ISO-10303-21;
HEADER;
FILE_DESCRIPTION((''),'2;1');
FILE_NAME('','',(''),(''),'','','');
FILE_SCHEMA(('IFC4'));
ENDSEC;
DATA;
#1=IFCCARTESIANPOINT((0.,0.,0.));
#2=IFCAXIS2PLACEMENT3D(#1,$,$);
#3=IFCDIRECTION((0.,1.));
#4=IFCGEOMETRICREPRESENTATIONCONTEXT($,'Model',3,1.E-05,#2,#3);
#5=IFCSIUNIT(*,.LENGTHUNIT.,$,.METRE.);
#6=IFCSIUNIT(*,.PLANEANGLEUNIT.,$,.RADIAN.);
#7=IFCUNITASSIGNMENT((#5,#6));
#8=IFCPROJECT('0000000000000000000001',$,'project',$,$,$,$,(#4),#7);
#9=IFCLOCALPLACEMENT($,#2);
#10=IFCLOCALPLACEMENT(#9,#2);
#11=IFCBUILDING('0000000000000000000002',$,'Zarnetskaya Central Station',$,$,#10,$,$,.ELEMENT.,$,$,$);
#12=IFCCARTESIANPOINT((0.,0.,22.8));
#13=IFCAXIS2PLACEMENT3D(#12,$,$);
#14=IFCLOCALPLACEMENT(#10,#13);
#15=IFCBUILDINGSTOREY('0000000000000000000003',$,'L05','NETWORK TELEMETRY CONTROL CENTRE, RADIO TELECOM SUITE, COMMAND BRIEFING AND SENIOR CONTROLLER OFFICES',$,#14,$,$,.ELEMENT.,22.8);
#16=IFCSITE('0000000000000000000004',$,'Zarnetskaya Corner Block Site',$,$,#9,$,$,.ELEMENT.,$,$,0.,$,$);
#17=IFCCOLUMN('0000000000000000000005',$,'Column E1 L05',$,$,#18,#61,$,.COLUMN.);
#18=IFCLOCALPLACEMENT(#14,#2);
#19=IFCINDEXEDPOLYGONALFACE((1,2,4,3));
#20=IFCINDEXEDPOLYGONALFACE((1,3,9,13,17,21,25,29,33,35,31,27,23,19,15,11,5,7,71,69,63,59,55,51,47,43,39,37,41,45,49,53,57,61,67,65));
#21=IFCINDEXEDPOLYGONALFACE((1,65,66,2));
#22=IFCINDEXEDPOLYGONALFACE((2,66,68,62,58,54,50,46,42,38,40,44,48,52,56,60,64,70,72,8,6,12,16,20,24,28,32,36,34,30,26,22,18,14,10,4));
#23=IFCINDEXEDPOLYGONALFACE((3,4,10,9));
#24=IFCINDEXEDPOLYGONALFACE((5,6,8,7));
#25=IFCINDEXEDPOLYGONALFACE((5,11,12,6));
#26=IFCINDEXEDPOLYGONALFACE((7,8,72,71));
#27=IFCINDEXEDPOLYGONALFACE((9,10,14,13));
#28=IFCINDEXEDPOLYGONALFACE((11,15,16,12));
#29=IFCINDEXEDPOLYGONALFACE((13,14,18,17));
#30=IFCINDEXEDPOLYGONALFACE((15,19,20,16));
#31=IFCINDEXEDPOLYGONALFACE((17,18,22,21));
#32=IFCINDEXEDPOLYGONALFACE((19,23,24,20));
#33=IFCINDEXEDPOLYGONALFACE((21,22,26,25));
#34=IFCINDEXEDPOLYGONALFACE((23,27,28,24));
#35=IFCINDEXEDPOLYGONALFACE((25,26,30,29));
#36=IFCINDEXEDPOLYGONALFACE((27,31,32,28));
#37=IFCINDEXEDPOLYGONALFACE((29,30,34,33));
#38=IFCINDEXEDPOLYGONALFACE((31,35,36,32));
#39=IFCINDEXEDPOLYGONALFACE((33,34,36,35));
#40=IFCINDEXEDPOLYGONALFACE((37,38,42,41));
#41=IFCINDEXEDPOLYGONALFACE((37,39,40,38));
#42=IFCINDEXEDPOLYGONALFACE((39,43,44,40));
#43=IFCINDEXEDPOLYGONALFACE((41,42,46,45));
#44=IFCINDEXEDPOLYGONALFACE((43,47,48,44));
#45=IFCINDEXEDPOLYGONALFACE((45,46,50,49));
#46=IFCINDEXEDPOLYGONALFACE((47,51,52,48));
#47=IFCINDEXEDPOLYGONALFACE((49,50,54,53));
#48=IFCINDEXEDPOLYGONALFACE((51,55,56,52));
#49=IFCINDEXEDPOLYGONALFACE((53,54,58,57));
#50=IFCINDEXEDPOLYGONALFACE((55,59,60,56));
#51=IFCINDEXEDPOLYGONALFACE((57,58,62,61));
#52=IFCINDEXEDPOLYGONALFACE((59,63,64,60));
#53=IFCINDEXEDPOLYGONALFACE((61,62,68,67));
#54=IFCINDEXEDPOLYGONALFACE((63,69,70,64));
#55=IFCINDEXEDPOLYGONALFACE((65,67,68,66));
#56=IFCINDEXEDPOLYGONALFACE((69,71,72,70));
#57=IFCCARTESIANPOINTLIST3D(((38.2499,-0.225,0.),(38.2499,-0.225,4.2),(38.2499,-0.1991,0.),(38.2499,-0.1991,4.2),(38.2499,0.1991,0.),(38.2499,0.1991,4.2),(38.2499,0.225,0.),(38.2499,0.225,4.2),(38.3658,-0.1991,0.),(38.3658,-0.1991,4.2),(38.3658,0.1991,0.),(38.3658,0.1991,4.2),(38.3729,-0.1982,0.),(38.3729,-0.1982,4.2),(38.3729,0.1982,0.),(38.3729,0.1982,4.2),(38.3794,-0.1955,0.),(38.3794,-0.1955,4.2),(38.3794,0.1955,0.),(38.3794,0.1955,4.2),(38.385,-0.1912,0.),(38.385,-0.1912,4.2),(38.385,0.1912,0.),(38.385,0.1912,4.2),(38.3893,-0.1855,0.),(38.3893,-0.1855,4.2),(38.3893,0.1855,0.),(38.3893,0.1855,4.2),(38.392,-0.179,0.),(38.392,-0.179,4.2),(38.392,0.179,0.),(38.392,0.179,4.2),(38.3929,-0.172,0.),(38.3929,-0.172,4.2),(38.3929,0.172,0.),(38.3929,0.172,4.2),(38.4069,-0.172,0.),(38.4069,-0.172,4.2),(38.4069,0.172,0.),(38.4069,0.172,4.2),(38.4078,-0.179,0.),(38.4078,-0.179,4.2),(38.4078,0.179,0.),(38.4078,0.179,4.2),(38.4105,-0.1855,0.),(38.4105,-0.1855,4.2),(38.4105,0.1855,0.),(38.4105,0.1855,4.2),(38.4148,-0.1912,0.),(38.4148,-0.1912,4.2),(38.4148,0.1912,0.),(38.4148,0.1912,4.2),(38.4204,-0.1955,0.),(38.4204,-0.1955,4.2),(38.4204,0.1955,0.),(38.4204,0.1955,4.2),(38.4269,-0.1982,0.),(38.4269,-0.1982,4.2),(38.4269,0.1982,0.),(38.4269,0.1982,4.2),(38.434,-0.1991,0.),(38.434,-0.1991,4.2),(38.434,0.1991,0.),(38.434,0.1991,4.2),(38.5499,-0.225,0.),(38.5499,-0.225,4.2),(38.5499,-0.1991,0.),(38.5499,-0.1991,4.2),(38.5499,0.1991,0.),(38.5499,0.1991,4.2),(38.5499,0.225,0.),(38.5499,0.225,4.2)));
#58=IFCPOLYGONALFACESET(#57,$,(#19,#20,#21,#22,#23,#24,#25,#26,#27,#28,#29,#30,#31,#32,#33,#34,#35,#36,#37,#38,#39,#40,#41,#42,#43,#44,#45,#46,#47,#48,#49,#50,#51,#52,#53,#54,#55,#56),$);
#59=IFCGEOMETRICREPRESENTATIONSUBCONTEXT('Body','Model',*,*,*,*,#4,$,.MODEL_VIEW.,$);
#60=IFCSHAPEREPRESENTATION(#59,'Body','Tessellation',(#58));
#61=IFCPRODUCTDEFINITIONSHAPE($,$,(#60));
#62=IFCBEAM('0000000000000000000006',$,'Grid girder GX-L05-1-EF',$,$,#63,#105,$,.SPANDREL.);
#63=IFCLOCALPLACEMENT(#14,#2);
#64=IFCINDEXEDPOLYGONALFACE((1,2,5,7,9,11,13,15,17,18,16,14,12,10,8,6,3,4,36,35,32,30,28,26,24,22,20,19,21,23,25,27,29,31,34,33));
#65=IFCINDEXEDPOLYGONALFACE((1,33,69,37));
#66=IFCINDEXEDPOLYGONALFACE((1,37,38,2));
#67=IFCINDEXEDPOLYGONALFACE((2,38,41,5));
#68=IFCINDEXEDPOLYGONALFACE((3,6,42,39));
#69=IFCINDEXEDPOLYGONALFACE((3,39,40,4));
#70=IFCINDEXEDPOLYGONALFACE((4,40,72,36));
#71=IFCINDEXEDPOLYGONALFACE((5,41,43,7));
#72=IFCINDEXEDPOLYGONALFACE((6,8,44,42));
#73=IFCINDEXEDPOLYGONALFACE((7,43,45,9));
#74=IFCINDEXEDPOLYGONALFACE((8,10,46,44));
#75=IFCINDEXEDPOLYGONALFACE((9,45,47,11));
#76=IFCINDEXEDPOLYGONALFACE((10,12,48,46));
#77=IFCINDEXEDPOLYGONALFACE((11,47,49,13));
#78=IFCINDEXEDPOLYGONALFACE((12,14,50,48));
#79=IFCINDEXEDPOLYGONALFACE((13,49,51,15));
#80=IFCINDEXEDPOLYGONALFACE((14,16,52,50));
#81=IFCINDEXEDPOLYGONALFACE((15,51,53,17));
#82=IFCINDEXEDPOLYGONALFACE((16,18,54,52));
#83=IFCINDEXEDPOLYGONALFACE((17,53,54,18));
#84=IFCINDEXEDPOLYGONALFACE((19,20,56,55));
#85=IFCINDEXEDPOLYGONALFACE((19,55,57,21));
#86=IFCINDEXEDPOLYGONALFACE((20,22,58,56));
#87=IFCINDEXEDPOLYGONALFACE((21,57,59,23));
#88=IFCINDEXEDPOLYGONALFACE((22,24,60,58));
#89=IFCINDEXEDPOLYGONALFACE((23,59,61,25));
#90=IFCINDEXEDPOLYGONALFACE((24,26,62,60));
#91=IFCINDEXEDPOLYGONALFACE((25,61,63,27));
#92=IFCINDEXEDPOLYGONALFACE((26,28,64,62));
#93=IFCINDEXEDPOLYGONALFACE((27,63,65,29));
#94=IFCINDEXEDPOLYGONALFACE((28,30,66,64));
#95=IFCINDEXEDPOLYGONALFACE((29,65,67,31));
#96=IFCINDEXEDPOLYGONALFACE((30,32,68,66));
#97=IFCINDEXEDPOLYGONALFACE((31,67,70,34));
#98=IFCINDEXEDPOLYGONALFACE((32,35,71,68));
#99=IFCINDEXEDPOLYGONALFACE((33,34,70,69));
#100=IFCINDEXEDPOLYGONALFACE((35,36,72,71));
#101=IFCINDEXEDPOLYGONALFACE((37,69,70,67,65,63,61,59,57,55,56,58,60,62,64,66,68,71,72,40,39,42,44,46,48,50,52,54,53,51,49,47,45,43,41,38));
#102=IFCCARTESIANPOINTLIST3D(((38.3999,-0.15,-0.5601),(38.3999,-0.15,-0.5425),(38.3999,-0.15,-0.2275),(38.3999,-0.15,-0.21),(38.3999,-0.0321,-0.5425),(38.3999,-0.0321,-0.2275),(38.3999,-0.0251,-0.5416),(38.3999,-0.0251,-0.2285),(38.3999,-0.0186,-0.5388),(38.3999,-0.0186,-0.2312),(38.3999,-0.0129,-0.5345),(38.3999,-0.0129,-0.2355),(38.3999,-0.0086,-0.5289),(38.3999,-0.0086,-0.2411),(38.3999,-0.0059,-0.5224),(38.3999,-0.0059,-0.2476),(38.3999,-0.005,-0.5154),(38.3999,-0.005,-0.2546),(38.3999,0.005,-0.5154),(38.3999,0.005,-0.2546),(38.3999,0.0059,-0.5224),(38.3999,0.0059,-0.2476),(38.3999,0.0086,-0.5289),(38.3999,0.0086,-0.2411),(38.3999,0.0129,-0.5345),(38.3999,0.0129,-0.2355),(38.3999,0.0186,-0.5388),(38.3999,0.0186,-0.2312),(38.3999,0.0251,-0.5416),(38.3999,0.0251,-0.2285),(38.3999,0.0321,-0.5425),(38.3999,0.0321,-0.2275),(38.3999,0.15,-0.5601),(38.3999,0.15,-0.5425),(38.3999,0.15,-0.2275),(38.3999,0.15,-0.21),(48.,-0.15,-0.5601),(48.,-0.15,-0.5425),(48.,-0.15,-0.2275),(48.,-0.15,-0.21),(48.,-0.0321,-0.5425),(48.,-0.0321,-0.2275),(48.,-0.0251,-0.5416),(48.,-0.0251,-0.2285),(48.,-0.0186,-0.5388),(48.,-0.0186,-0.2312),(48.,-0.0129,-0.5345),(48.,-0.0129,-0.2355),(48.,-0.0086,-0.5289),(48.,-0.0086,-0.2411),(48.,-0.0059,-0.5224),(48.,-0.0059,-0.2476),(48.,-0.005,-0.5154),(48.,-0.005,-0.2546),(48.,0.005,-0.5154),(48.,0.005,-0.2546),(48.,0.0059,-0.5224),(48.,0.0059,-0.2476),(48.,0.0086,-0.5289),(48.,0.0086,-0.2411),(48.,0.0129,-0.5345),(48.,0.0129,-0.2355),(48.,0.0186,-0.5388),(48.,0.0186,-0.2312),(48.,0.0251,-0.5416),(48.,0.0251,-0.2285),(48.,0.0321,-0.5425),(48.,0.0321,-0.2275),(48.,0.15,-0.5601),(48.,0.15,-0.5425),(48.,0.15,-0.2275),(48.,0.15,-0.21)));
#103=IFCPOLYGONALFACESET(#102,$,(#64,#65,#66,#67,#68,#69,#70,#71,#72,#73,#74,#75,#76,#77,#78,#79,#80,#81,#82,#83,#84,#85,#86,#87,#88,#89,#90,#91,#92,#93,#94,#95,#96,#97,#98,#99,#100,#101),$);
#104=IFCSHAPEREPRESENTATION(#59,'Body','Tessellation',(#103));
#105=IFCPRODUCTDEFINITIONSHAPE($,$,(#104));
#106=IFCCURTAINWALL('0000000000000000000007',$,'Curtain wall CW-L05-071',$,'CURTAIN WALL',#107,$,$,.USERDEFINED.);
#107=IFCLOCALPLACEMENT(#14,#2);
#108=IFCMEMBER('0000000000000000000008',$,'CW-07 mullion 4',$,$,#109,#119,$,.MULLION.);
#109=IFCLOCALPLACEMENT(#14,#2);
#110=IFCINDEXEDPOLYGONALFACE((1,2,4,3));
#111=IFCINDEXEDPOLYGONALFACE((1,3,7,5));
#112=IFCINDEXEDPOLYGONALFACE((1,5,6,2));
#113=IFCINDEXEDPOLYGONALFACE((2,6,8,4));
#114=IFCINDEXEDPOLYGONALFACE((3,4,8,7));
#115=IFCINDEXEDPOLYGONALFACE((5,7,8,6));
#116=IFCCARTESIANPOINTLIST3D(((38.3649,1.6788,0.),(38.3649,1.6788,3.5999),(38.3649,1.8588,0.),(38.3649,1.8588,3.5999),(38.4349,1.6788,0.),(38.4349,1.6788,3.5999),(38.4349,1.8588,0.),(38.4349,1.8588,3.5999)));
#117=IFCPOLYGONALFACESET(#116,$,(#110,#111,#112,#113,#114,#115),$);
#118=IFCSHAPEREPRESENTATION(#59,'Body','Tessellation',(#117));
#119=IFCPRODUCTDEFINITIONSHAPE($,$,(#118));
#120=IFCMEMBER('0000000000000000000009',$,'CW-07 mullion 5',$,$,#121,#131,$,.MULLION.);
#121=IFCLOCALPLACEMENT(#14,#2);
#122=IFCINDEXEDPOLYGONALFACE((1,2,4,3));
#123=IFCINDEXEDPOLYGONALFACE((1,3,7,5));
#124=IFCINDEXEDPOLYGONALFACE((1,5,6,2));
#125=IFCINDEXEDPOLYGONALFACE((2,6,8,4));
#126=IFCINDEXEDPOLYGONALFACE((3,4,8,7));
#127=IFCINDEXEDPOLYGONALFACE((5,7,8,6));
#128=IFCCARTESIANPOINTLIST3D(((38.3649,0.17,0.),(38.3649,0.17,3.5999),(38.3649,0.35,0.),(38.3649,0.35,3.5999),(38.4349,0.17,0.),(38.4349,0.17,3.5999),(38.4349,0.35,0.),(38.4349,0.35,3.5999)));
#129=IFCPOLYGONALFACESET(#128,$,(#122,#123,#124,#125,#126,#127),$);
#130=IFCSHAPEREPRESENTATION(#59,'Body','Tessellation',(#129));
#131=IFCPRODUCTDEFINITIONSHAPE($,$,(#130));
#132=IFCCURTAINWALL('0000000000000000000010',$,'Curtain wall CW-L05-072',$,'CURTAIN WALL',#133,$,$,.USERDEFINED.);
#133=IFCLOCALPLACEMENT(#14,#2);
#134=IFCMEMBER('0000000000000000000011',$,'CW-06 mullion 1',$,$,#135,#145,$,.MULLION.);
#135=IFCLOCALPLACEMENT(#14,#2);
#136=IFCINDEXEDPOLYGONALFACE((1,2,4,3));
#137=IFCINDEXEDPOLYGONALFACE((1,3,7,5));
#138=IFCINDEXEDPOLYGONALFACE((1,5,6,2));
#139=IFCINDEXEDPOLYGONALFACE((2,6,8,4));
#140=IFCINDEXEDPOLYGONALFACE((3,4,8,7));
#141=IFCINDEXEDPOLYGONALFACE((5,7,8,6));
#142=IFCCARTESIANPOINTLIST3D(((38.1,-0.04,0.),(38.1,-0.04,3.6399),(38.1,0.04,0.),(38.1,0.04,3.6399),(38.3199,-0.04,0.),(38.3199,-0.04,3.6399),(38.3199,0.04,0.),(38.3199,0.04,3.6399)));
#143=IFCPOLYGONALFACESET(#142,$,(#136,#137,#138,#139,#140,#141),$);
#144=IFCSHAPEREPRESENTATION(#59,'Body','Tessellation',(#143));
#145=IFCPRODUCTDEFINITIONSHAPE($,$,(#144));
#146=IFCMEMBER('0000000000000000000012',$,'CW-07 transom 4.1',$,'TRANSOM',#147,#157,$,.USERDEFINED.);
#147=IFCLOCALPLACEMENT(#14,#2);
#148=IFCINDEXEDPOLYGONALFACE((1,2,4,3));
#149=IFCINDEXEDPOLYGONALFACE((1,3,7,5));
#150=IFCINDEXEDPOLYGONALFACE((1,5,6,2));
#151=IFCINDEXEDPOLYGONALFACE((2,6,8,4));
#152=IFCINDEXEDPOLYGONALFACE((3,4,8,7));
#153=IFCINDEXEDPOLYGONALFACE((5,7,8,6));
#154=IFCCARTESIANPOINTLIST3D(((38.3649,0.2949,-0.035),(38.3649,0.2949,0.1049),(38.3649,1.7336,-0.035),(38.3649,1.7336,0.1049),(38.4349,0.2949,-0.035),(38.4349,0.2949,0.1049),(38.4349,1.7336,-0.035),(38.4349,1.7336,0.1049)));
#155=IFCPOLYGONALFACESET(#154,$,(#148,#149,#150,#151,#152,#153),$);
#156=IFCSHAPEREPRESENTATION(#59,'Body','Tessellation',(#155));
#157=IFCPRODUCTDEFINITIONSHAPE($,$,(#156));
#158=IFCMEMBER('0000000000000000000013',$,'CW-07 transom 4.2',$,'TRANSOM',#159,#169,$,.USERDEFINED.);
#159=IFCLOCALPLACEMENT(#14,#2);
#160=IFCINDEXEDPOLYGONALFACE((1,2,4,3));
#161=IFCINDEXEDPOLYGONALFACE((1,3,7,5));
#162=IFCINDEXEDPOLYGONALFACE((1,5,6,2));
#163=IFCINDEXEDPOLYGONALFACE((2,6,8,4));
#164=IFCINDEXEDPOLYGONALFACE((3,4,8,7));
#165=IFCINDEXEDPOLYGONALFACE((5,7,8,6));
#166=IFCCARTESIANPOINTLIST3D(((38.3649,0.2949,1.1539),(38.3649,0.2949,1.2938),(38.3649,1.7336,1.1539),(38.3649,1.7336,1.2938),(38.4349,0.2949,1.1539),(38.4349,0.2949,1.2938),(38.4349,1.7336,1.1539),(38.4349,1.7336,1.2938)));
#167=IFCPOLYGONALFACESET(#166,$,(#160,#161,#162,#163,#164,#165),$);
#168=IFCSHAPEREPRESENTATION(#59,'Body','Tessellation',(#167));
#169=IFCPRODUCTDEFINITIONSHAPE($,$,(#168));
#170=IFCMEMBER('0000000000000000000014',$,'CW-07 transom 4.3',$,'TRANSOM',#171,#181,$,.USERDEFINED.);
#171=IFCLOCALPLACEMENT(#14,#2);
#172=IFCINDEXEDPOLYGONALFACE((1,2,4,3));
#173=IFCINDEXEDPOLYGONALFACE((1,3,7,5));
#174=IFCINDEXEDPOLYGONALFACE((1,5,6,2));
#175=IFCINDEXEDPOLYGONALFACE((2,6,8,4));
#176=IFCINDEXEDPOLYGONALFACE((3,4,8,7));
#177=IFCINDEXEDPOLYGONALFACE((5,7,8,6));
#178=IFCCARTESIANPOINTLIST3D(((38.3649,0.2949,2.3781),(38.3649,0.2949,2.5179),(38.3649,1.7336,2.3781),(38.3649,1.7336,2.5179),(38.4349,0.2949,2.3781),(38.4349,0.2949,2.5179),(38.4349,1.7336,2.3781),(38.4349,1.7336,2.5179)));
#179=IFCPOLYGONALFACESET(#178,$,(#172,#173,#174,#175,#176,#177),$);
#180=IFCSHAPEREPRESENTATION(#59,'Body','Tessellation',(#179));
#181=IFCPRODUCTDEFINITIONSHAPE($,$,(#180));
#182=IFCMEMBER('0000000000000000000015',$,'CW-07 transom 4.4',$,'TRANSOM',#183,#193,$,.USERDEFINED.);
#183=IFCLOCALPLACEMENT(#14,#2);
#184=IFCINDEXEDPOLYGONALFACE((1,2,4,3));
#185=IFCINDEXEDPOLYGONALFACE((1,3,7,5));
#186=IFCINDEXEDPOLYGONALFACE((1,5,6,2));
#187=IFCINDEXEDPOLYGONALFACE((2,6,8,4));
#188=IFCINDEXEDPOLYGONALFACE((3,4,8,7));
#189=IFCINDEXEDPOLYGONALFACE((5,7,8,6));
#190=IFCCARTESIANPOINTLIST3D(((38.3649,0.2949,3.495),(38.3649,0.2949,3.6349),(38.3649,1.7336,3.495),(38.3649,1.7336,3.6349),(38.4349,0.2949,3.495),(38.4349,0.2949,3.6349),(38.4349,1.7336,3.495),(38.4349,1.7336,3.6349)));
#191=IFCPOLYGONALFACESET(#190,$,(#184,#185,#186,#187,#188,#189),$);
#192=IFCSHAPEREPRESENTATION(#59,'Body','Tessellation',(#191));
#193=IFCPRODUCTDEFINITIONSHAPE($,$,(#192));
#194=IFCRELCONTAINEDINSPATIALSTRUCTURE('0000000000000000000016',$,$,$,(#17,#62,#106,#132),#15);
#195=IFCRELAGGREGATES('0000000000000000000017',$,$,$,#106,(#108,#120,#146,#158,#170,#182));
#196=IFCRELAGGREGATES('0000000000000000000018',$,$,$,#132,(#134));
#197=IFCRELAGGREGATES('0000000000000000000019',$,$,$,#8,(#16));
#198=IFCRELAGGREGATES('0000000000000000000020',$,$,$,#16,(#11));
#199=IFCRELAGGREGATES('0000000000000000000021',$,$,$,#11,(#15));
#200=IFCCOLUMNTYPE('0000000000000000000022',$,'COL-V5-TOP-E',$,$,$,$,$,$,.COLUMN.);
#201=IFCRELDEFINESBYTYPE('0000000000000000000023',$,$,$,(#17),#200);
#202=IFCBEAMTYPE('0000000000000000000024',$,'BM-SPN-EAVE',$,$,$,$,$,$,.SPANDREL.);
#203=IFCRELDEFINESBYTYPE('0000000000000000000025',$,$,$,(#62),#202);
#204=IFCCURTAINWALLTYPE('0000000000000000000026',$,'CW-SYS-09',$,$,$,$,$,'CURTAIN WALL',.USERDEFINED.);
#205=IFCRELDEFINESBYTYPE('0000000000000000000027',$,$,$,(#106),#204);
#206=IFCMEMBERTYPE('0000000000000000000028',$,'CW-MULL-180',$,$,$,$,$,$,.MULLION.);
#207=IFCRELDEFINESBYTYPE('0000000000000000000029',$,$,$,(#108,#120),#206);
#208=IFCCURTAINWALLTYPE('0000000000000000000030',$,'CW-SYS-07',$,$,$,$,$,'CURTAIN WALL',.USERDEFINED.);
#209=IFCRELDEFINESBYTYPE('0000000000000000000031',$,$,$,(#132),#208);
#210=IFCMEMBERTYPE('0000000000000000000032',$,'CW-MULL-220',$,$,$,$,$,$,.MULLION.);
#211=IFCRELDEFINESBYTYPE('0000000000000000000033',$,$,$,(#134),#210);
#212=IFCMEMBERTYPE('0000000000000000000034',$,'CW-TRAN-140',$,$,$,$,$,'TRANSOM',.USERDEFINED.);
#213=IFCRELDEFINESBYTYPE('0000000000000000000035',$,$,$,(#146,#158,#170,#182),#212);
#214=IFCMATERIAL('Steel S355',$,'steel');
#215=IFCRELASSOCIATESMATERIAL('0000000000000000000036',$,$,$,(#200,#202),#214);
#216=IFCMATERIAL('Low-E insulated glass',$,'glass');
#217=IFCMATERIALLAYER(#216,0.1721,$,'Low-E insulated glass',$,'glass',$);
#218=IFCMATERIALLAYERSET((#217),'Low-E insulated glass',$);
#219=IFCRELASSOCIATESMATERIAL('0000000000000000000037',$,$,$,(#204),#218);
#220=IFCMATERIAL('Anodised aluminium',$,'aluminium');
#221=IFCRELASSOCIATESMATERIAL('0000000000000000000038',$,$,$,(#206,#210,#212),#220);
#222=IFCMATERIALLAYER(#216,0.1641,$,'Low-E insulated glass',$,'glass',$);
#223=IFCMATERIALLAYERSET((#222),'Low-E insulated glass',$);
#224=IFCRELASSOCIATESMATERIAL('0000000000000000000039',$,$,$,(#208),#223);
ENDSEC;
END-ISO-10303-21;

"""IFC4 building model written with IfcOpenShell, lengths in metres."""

from ifc_helpers import new_model, si_unit, direction, frame, origin, origin_2d, place, context, subcontext, project, spatial, rectangle, i_section, extrude, material, layer, layer_set, material_profile, profile_set, type_object, element, aggregate, save


model = new_model("IFC4")

# Units and contexts
model_context = context("Model", 3, precision=1e-05, world=origin(), true_north=direction((0.0, 1.0)))
body_context = subcontext(model_context, "Body", "Model", "MODEL_VIEW")
ifc_project = project(units=[si_unit("LENGTHUNIT", "METRE"), si_unit("PLANEANGLEUNIT", "RADIAN")], contexts=[model_context])

# Site, building, storey
site_placement = place(None, origin())
site = spatial("IfcSite", under=ifc_project, at=site_placement, Name="Zarnetskaya Corner Block Site", CompositionType="ELEMENT", RefElevation=0.0)
building_placement = place(site_placement, origin())
building = spatial("IfcBuilding", under=site, at=building_placement, Name="Zarnetskaya Central Station", CompositionType="ELEMENT")
storey_placement = place(building_placement, frame((0.0, 0.0, 22.8)))
storey = spatial("IfcBuildingStorey", under=building, at=storey_placement, Name="L05", Description="NETWORK TELEMETRY CONTROL CENTRE, RADIO TELECOM SUITE, COMMAND BRIEFING AND SENIOR CONTROLLER OFFICES", CompositionType="ELEMENT", Elevation=22.8)

# Column
ifc_material_1 = material(Name="Steel S355", Category="steel")
ifc_material_profile_1 = material_profile(ifc_material_1, i_section(OverallWidth=0.3, OverallDepth=0.45, WebThickness=0.0139, FlangeThickness=0.0259, FilletRadius=0.0271, at=origin_2d()), Name="HEB 450")
ifc_profile_set_1 = profile_set([ifc_material_profile_1], Name="Steel S355")
column_type = type_object("IfcColumnType", Name="COL-V5-TOP-E", PredefinedType="COLUMN", material=ifc_profile_set_1)
column_placement = place(storey_placement, frame((38.3999, 0.0, 0.0), z_axis=(0.0, 0.0, 1.0), x_axis=(1.0, 0.0, 0.0)))
element("IfcColumn", 1, at=column_placement, inside=storey, type_object=column_type, Name="Column E1 L05", PredefinedType="COLUMN", context=body_context, shape_type="SweptSolid", body=[
    extrude(i_section(OverallWidth=0.3, OverallDepth=0.45, WebThickness=0.0139, FlangeThickness=0.0259, FilletRadius=0.0271, at=origin_2d()), origin(), (0.0, 0.0, 1.0), 4.2),
])

# Beam
ifc_material_profile_2 = material_profile(ifc_material_1, i_section(OverallWidth=0.3, OverallDepth=0.3501, WebThickness=0.01, FlangeThickness=0.0176, FilletRadius=0.0271, at=origin_2d()), Name="HEA 360")
ifc_profile_set_2 = profile_set([ifc_material_profile_2], Name="Steel S355")
beam_type_1 = type_object("IfcBeamType", Name="BM-SPN-EAVE", PredefinedType="SPANDREL", material=ifc_profile_set_2)
beam_1_placement = place(storey_placement, frame((38.3999, 0.0, -0.385), z_axis=(1.0, 0.0, 0.0), x_axis=(0.0, 1.0, 0.0)))
element("IfcBeam", 2, at=beam_1_placement, inside=storey, type_object=beam_type_1, Name="Grid girder GX-L05-1-EF", PredefinedType="SPANDREL", context=body_context, shape_type="SweptSolid", body=[
    extrude(i_section(OverallWidth=0.3, OverallDepth=0.3501, WebThickness=0.01, FlangeThickness=0.0176, FilletRadius=0.0271, at=origin_2d()), origin(), (0.0, 0.0, 1.0), 9.6001),
])

# Curtain wall, members
ifc_material_2 = material(Name="Low-E insulated glass", Category="glass")
ifc_layer_1 = layer(ifc_material_2, 0.1721, Name="Low-E insulated glass", Category="glass")
ifc_layer_set_1 = layer_set([ifc_layer_1], Name="Low-E insulated glass")
curtain_wall_type_1 = type_object("IfcCurtainWallType", Name="CW-SYS-09", ElementType="CURTAIN WALL", PredefinedType="USERDEFINED", material=ifc_layer_set_1)
curtain_wall_1_placement = place(storey_placement, origin())
curtain_wall_1 = element("IfcCurtainWall", 3, at=curtain_wall_1_placement, inside=storey, type_object=curtain_wall_type_1, Name="Curtain wall CW-L05-071", ObjectType="CURTAIN WALL", PredefinedType="USERDEFINED")
ifc_material_3 = material(Name="Anodised aluminium", Category="aluminium")
ifc_material_profile_3 = material_profile(ifc_material_3, rectangle(XDim=0.0701, YDim=0.1799, at=origin_2d()), Name="ALU MULL 70x180")
ifc_profile_set_3 = profile_set([ifc_material_profile_3], Name="Anodised aluminium")
member_type_1 = type_object("IfcMemberType", Name="CW-MULL-180", PredefinedType="MULLION", material=ifc_profile_set_3)
member_1_placement = place(storey_placement, frame((38.3999, 1.7688, 0.0), z_axis=(0.0, 0.0, 1.0), x_axis=(1.0, 0.0, 0.0)))
member_1 = element("IfcMember", 4, at=member_1_placement, type_object=member_type_1, Name="CW-07 mullion 4", PredefinedType="MULLION", context=body_context, shape_type="SweptSolid", body=[
    extrude(rectangle(XDim=0.0701, YDim=0.1799, at=origin_2d()), origin(), (0.0, 0.0, 1.0), 3.5999),
])
member_2_placement = place(storey_placement, frame((38.3999, 0.26, 0.0), z_axis=(0.0, 0.0, 1.0), x_axis=(1.0, 0.0, 0.0)))
member_2 = element("IfcMember", 5, at=member_2_placement, type_object=member_type_1, Name="CW-07 mullion 5", PredefinedType="MULLION", context=body_context, shape_type="SweptSolid", body=[
    extrude(rectangle(XDim=0.0701, YDim=0.1799, at=origin_2d()), origin(), (0.0, 0.0, 1.0), 3.5999),
])

# Curtain wall, member
ifc_layer_2 = layer(ifc_material_2, 0.1641, Name="Low-E insulated glass", Category="glass")
ifc_layer_set_2 = layer_set([ifc_layer_2], Name="Low-E insulated glass")
curtain_wall_type_2 = type_object("IfcCurtainWallType", Name="CW-SYS-07", ElementType="CURTAIN WALL", PredefinedType="USERDEFINED", material=ifc_layer_set_2)
curtain_wall_2_placement = place(storey_placement, origin())
curtain_wall_2 = element("IfcCurtainWall", 6, at=curtain_wall_2_placement, inside=storey, type_object=curtain_wall_type_2, Name="Curtain wall CW-L05-072", ObjectType="CURTAIN WALL", PredefinedType="USERDEFINED")
ifc_material_profile_4 = material_profile(ifc_material_3, rectangle(XDim=0.0801, YDim=0.22, at=origin_2d()), Name="ALU MULL 80x220")
ifc_profile_set_4 = profile_set([ifc_material_profile_4], Name="Anodised aluminium")
member_type_2 = type_object("IfcMemberType", Name="CW-MULL-220", PredefinedType="MULLION", material=ifc_profile_set_4)
member_3_placement = place(storey_placement, frame((38.21, 0.0, 0.0), z_axis=(0.0, 0.0, 1.0), x_axis=(0.0, -1.0, 0.0)))
member_3 = element("IfcMember", 7, at=member_3_placement, type_object=member_type_2, Name="CW-06 mullion 1", PredefinedType="MULLION", context=body_context, shape_type="SweptSolid", body=[
    extrude(rectangle(XDim=0.0801, YDim=0.22, at=origin_2d()), origin(), (0.0, 0.0, 1.0), 3.6399),
])

# Members
ifc_material_profile_5 = material_profile(ifc_material_3, rectangle(XDim=0.0701, YDim=0.1399, at=origin_2d()), Name="ALU TRAN 70x140")
ifc_profile_set_5 = profile_set([ifc_material_profile_5], Name="Anodised aluminium")
member_type_3 = type_object("IfcMemberType", Name="CW-TRAN-140", ElementType="TRANSOM", PredefinedType="USERDEFINED", material=ifc_profile_set_5)
member_4_placement = place(storey_placement, frame((38.3999, 1.7336, 0.0349), z_axis=(0.0, -1.0, 0.0), x_axis=(1.0, 0.0, 0.0)))
member_4 = element("IfcMember", 8, at=member_4_placement, type_object=member_type_3, Name="CW-07 transom 4.1", ObjectType="TRANSOM", PredefinedType="USERDEFINED", context=body_context, shape_type="SweptSolid", body=[
    extrude(rectangle(XDim=0.0701, YDim=0.1399, at=origin_2d()), origin(), (0.0, 0.0, 1.0), 1.4387),
])
member_5_placement = place(storey_placement, frame((38.3999, 1.7336, 1.2239), z_axis=(0.0, -1.0, 0.0), x_axis=(1.0, 0.0, 0.0)))
member_5 = element("IfcMember", 9, at=member_5_placement, type_object=member_type_3, Name="CW-07 transom 4.2", ObjectType="TRANSOM", PredefinedType="USERDEFINED", context=body_context, shape_type="SweptSolid", body=[
    extrude(rectangle(XDim=0.0701, YDim=0.1399, at=origin_2d()), origin(), (0.0, 0.0, 1.0), 1.4387),
])
member_6_placement = place(storey_placement, frame((38.3999, 1.7336, 2.448), z_axis=(0.0, -1.0, 0.0), x_axis=(1.0, 0.0, 0.0)))
member_6 = element("IfcMember", 10, at=member_6_placement, type_object=member_type_3, Name="CW-07 transom 4.3", ObjectType="TRANSOM", PredefinedType="USERDEFINED", context=body_context, shape_type="SweptSolid", body=[
    extrude(rectangle(XDim=0.0701, YDim=0.1399, at=origin_2d()), origin(), (0.0, 0.0, 1.0), 1.4387),
])
member_7_placement = place(storey_placement, frame((38.3999, 1.7336, 3.5649), z_axis=(0.0, -1.0, 0.0), x_axis=(1.0, 0.0, 0.0)))
member_7 = element("IfcMember", 11, at=member_7_placement, type_object=member_type_3, Name="CW-07 transom 4.4", ObjectType="TRANSOM", PredefinedType="USERDEFINED", context=body_context, shape_type="SweptSolid", body=[
    extrude(rectangle(XDim=0.0701, YDim=0.1399, at=origin_2d()), origin(), (0.0, 0.0, 1.0), 1.4387),
])

aggregate(curtain_wall_1, [member_1, member_2, member_4, member_5, member_6, member_7])
aggregate(curtain_wall_2, [member_3])

save(model, "model.ifc")
